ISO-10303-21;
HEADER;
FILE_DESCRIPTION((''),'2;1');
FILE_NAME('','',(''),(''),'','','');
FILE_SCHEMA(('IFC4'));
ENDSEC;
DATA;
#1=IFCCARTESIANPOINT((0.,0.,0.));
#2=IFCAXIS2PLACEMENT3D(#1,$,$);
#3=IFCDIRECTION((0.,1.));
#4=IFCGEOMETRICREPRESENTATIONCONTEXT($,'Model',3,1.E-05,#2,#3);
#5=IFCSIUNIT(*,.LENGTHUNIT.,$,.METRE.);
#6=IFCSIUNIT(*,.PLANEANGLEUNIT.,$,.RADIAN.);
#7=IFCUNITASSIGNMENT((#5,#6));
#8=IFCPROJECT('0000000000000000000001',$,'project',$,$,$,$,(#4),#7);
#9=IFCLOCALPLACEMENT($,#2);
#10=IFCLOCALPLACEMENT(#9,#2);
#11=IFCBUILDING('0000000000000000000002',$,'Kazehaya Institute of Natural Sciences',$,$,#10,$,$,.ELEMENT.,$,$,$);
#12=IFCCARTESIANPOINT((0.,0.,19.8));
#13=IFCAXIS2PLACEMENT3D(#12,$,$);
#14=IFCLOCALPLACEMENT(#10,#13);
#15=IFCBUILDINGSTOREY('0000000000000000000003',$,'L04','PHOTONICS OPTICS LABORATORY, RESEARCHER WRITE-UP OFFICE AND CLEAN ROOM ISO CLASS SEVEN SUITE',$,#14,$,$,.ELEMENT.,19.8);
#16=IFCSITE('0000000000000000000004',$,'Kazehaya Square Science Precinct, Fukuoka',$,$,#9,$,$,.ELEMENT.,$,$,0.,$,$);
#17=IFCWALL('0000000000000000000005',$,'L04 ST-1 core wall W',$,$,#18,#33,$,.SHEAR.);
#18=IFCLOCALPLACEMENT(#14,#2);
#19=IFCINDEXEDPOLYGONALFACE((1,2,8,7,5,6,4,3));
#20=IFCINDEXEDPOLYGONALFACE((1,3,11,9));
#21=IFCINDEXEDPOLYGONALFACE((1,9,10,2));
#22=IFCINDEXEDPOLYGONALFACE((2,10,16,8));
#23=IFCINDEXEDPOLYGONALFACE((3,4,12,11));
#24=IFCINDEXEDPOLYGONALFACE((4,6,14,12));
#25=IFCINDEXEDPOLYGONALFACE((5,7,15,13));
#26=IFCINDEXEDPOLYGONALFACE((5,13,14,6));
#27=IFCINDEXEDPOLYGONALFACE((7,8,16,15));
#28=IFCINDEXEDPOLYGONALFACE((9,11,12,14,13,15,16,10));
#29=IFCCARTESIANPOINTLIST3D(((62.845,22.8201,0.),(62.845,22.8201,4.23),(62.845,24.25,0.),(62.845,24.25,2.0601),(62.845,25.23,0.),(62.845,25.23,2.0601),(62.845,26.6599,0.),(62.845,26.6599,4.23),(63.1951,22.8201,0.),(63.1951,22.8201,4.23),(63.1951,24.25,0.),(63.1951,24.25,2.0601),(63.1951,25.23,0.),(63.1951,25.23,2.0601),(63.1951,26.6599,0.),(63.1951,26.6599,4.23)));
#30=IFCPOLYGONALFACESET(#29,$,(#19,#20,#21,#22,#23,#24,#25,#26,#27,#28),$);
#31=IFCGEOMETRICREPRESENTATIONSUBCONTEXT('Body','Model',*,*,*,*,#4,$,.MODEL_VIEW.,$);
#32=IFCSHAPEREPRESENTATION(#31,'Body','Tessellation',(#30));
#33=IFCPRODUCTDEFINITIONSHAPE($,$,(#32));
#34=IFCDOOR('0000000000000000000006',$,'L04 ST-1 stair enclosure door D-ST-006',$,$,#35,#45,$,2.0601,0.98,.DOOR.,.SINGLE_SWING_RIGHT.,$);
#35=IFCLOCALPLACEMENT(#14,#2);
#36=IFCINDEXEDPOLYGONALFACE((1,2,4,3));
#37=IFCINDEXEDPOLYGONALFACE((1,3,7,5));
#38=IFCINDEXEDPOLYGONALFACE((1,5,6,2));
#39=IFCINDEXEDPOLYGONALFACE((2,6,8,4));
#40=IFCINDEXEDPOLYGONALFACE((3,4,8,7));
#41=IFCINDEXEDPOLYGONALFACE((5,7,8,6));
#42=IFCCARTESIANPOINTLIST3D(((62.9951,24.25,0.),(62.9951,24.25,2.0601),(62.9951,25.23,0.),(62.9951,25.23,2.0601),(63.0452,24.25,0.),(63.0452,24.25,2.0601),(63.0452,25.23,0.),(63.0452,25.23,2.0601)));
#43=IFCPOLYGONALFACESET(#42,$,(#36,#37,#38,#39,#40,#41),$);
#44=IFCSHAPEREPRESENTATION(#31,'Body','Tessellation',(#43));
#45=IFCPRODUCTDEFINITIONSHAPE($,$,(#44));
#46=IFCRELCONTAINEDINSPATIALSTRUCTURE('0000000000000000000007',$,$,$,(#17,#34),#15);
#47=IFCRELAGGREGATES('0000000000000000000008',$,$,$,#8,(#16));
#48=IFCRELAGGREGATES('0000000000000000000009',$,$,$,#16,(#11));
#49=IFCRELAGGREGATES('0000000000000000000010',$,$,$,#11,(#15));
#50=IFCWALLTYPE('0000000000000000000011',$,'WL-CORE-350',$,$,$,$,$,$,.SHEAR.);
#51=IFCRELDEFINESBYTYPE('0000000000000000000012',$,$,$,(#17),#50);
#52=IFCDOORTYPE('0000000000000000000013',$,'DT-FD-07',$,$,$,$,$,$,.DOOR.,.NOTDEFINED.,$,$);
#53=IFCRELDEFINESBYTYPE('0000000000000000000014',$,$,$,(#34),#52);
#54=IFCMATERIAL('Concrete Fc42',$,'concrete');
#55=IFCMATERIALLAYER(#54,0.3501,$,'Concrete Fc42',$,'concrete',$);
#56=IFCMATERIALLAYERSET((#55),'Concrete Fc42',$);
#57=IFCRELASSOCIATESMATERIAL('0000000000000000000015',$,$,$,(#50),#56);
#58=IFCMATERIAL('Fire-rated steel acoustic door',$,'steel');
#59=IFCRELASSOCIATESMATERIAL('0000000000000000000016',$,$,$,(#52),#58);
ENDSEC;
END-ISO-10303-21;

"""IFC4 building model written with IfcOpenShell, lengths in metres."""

from ifc_helpers import new_model, si_unit, direction, frame, frame_2d, origin, place, context, subcontext, project, spatial, rectangle, extrude, material, layer, layer_set, type_object, element, fill, save


model = new_model("IFC4")

# Units and contexts
model_context = context("Model", 3, precision=1e-05, world=origin(), true_north=direction((0.0, 1.0)))
body_context = subcontext(model_context, "Body", "Model", "MODEL_VIEW")
ifc_project = project(units=[si_unit("LENGTHUNIT", "METRE"), si_unit("PLANEANGLEUNIT", "RADIAN")], contexts=[model_context])

# Site, building, storey
site_placement = place(None, origin())
site = spatial("IfcSite", under=ifc_project, at=site_placement, Name="Kazehaya Square Science Precinct, Fukuoka", CompositionType="ELEMENT", RefElevation=0.0)
building_placement = place(site_placement, origin())
building = spatial("IfcBuilding", under=site, at=building_placement, Name="Kazehaya Institute of Natural Sciences", CompositionType="ELEMENT")
storey_placement = place(building_placement, frame((0.0, 0.0, 19.8)))
storey = spatial("IfcBuildingStorey", under=building, at=storey_placement, Name="L04", Description="PHOTONICS OPTICS LABORATORY, RESEARCHER WRITE-UP OFFICE AND CLEAN ROOM ISO CLASS SEVEN SUITE", CompositionType="ELEMENT", Elevation=19.8)

# Shared definitions
ifc_material_1 = material(Name="Concrete Fc42", Category="concrete")

# Shared definitions
ifc_layer_1 = layer(ifc_material_1, 0.3501, Name="Concrete Fc42", Category="concrete")
ifc_layer_set_1 = layer_set([ifc_layer_1], Name="Concrete Fc42")
wall_type = type_object("IfcWallType", Name="WL-CORE-350", PredefinedType="SHEAR", material=ifc_layer_set_1)

# Wall, opening, door
wall_1_placement = place(storey_placement, frame((63.02, 22.8201, 0.0), z_axis=(0.0, 0.0, 1.0), x_axis=(0.0, 1.0, 0.0)))
wall_1 = element("IfcWall", 1, at=wall_1_placement, inside=storey, type_object=wall_type, Name="L04 ST-1 core wall W", PredefinedType="SHEAR", context=body_context, shape_type="SweptSolid", body=[
    extrude(rectangle(XDim=3.8398, YDim=0.3501, at=frame_2d((1.9199, 0.0))), origin(), (0.0, 0.0, 1.0), 4.23),
])
opening_placement = place(wall_1_placement, frame((1.4299, 0.0, 0.0)))
opening = element("IfcOpeningElement", 2, at=opening_placement, cuts=wall_1, PredefinedType="OPENING", context=body_context, shape_type="SweptSolid", body=[
    extrude(rectangle(XDim=0.98, YDim=2.0601, at=frame_2d((0.49, 1.03))), frame((0.0, 0.1851, 0.0), z_axis=(0.0, -1.0, 0.0), x_axis=(1.0, 0.0, 0.0)), (0.0, 0.0, 1.0), 0.3701),
])
ifc_material_2 = material(Name="Fire-rated steel acoustic door", Category="steel")
door_type = type_object("IfcDoorType", Name="DT-FD-07", OperationType="NOTDEFINED", PredefinedType="DOOR", material=ifc_material_2)
door_placement = place(opening_placement, origin())
door = element("IfcDoor", 3, at=door_placement, inside=storey, type_object=door_type, Name="L04 ST-1 stair enclosure door D-ST-006", OperationType="SINGLE_SWING_RIGHT", OverallHeight=2.0601, OverallWidth=0.98, PredefinedType="DOOR", context=body_context, shape_type="SweptSolid", body=[
    extrude(rectangle(XDim=0.98, YDim=2.0601, at=frame_2d((0.49, 1.03))), frame((0.0, 0.0249, 0.0), z_axis=(0.0, -1.0, 0.0), x_axis=(1.0, 0.0, 0.0)), (0.0, 0.0, 1.0), 0.05),
])
fill(opening, door)

save(model, "model.ifc")
